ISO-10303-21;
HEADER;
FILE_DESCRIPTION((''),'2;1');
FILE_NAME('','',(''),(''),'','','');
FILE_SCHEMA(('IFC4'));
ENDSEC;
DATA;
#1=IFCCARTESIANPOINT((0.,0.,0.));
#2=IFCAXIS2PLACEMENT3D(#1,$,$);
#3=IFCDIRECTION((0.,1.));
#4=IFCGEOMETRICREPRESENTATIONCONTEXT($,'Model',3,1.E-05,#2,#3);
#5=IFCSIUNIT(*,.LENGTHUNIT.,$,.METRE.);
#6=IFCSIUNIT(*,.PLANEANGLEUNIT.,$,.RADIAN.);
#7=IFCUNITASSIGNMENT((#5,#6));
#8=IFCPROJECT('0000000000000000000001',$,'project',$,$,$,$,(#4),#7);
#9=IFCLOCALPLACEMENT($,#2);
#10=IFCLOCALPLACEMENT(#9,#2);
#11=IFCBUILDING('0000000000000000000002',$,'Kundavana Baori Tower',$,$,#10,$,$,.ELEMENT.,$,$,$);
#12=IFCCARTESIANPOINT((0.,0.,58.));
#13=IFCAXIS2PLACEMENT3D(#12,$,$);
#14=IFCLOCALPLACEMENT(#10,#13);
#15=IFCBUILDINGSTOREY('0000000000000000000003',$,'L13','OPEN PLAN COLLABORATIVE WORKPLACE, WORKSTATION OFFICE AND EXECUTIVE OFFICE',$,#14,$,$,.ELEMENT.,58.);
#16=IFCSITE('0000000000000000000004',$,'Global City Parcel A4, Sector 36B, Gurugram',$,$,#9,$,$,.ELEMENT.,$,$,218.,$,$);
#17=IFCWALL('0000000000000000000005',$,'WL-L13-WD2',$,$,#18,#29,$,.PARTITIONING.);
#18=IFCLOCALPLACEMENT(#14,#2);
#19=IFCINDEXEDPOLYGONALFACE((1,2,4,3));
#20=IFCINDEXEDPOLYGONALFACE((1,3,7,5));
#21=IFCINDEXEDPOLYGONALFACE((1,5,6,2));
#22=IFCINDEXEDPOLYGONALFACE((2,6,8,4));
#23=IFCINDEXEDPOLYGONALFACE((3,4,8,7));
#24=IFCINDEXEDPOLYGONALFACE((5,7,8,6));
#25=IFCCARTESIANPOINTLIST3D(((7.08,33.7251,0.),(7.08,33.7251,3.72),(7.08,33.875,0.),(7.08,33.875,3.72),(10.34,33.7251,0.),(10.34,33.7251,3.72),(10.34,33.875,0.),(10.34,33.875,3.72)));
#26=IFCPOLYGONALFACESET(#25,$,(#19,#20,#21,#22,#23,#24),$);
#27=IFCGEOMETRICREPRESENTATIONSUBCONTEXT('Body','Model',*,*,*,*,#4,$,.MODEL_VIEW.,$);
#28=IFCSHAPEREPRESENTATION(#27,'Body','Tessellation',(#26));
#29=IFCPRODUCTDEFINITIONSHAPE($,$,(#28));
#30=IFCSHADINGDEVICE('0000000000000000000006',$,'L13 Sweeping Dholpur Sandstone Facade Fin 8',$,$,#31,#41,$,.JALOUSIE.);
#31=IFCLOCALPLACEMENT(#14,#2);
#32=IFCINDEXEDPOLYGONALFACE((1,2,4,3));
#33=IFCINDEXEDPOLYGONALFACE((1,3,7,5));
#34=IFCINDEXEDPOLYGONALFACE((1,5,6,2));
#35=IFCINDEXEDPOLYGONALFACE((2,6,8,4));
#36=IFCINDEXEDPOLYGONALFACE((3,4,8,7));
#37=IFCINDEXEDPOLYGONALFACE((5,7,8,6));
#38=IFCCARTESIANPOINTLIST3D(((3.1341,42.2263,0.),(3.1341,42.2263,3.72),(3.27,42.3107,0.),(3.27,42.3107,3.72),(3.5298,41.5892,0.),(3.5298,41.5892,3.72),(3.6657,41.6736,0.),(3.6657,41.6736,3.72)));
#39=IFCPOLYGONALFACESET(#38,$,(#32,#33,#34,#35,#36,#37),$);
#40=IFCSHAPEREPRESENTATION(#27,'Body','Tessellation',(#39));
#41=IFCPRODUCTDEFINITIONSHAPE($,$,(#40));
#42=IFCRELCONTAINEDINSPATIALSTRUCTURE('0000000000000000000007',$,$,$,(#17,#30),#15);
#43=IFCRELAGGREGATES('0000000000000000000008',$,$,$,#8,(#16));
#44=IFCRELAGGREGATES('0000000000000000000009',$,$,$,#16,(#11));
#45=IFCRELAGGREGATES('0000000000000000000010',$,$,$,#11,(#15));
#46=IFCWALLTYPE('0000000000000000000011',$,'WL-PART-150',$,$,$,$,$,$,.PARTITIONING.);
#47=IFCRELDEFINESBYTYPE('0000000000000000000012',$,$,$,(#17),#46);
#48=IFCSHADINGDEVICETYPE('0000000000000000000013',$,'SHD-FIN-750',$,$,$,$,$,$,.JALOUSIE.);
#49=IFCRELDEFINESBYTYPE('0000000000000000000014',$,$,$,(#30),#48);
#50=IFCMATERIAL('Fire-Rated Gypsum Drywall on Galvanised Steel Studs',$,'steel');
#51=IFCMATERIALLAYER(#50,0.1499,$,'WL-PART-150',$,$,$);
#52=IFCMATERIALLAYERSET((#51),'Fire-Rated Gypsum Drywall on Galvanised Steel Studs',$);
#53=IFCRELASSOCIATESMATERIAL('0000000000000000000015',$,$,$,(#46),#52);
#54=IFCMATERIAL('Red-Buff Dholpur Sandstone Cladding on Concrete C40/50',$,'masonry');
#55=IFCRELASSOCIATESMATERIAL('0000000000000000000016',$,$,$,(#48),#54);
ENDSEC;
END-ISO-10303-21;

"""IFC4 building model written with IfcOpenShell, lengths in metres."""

from ifc_helpers import new_model, si_unit, direction, frame, frame_2d, origin, origin_2d, place, context, subcontext, project, spatial, rectangle, extrude, material, layer, layer_set, type_object, element, save


model = new_model("IFC4")

# Units and contexts
model_context = context("Model", 3, precision=1e-05, world=origin(), true_north=direction((0.0, 1.0)))
body_context = subcontext(model_context, "Body", "Model", "MODEL_VIEW")
ifc_project = project(units=[si_unit("LENGTHUNIT", "METRE"), si_unit("PLANEANGLEUNIT", "RADIAN")], contexts=[model_context])

# Site, building, storey
site_placement = place(None, origin())
site = spatial("IfcSite", under=ifc_project, at=site_placement, Name="Global City Parcel A4, Sector 36B, Gurugram", CompositionType="ELEMENT", RefElevation=218.0)
building_placement = place(site_placement, origin())
building = spatial("IfcBuilding", under=site, at=building_placement, Name="Kundavana Baori Tower", CompositionType="ELEMENT")
storey_placement = place(building_placement, frame((0.0, 0.0, 58.0)))
storey = spatial("IfcBuildingStorey", under=building, at=storey_placement, Name="L13", Description="OPEN PLAN COLLABORATIVE WORKPLACE, WORKSTATION OFFICE AND EXECUTIVE OFFICE", CompositionType="ELEMENT", Elevation=58.0)

# Shared definitions
ifc_material_1 = material(Name="Fire-Rated Gypsum Drywall on Galvanised Steel Studs", Category="steel")
ifc_layer_1 = layer(ifc_material_1, 0.1499, Name="WL-PART-150")
ifc_layer_set_1 = layer_set([ifc_layer_1], Name="Fire-Rated Gypsum Drywall on Galvanised Steel Studs")
wall_type_1 = type_object("IfcWallType", Name="WL-PART-150", PredefinedType="PARTITIONING", material=ifc_layer_set_1)

# Wall
wall_1_placement = place(storey_placement, frame((7.0801, 33.8, 0.0), z_axis=(0.0, 0.0, 1.0), x_axis=(1.0, 0.0, 0.0)))
element("IfcWall", 1, at=wall_1_placement, inside=storey, type_object=wall_type_1, Name="WL-L13-WD2", PredefinedType="PARTITIONING", context=body_context, shape_type="SweptSolid", body=[
    extrude(rectangle(XDim=3.26, YDim=0.1499, at=frame_2d((1.6299, 0.0))), origin(), (0.0, 0.0, 1.0), 3.72),
])

# Shading device
ifc_material_2 = material(Name="Red-Buff Dholpur Sandstone Cladding on Concrete C40/50", Category="masonry")
shading_device_type = type_object("IfcShadingDeviceType", Name="SHD-FIN-750", PredefinedType="JALOUSIE", material=ifc_material_2)
shading_device_placement = place(storey_placement, frame((3.3999, 41.95, 0.0), z_axis=(0.0, 0.0, 1.0), x_axis=(0.849525, 0.527549, 0.0)))
element("IfcShadingDevice", 2, at=shading_device_placement, inside=storey, type_object=shading_device_type, Name="L13 Sweeping Dholpur Sandstone Facade Fin 8", PredefinedType="JALOUSIE", context=body_context, shape_type="SweptSolid", body=[
    extrude(rectangle(XDim=0.1599, YDim=0.75, at=origin_2d()), origin(), (0.0, 0.0, 1.0), 3.72),
])

save(model, "model.ifc")
